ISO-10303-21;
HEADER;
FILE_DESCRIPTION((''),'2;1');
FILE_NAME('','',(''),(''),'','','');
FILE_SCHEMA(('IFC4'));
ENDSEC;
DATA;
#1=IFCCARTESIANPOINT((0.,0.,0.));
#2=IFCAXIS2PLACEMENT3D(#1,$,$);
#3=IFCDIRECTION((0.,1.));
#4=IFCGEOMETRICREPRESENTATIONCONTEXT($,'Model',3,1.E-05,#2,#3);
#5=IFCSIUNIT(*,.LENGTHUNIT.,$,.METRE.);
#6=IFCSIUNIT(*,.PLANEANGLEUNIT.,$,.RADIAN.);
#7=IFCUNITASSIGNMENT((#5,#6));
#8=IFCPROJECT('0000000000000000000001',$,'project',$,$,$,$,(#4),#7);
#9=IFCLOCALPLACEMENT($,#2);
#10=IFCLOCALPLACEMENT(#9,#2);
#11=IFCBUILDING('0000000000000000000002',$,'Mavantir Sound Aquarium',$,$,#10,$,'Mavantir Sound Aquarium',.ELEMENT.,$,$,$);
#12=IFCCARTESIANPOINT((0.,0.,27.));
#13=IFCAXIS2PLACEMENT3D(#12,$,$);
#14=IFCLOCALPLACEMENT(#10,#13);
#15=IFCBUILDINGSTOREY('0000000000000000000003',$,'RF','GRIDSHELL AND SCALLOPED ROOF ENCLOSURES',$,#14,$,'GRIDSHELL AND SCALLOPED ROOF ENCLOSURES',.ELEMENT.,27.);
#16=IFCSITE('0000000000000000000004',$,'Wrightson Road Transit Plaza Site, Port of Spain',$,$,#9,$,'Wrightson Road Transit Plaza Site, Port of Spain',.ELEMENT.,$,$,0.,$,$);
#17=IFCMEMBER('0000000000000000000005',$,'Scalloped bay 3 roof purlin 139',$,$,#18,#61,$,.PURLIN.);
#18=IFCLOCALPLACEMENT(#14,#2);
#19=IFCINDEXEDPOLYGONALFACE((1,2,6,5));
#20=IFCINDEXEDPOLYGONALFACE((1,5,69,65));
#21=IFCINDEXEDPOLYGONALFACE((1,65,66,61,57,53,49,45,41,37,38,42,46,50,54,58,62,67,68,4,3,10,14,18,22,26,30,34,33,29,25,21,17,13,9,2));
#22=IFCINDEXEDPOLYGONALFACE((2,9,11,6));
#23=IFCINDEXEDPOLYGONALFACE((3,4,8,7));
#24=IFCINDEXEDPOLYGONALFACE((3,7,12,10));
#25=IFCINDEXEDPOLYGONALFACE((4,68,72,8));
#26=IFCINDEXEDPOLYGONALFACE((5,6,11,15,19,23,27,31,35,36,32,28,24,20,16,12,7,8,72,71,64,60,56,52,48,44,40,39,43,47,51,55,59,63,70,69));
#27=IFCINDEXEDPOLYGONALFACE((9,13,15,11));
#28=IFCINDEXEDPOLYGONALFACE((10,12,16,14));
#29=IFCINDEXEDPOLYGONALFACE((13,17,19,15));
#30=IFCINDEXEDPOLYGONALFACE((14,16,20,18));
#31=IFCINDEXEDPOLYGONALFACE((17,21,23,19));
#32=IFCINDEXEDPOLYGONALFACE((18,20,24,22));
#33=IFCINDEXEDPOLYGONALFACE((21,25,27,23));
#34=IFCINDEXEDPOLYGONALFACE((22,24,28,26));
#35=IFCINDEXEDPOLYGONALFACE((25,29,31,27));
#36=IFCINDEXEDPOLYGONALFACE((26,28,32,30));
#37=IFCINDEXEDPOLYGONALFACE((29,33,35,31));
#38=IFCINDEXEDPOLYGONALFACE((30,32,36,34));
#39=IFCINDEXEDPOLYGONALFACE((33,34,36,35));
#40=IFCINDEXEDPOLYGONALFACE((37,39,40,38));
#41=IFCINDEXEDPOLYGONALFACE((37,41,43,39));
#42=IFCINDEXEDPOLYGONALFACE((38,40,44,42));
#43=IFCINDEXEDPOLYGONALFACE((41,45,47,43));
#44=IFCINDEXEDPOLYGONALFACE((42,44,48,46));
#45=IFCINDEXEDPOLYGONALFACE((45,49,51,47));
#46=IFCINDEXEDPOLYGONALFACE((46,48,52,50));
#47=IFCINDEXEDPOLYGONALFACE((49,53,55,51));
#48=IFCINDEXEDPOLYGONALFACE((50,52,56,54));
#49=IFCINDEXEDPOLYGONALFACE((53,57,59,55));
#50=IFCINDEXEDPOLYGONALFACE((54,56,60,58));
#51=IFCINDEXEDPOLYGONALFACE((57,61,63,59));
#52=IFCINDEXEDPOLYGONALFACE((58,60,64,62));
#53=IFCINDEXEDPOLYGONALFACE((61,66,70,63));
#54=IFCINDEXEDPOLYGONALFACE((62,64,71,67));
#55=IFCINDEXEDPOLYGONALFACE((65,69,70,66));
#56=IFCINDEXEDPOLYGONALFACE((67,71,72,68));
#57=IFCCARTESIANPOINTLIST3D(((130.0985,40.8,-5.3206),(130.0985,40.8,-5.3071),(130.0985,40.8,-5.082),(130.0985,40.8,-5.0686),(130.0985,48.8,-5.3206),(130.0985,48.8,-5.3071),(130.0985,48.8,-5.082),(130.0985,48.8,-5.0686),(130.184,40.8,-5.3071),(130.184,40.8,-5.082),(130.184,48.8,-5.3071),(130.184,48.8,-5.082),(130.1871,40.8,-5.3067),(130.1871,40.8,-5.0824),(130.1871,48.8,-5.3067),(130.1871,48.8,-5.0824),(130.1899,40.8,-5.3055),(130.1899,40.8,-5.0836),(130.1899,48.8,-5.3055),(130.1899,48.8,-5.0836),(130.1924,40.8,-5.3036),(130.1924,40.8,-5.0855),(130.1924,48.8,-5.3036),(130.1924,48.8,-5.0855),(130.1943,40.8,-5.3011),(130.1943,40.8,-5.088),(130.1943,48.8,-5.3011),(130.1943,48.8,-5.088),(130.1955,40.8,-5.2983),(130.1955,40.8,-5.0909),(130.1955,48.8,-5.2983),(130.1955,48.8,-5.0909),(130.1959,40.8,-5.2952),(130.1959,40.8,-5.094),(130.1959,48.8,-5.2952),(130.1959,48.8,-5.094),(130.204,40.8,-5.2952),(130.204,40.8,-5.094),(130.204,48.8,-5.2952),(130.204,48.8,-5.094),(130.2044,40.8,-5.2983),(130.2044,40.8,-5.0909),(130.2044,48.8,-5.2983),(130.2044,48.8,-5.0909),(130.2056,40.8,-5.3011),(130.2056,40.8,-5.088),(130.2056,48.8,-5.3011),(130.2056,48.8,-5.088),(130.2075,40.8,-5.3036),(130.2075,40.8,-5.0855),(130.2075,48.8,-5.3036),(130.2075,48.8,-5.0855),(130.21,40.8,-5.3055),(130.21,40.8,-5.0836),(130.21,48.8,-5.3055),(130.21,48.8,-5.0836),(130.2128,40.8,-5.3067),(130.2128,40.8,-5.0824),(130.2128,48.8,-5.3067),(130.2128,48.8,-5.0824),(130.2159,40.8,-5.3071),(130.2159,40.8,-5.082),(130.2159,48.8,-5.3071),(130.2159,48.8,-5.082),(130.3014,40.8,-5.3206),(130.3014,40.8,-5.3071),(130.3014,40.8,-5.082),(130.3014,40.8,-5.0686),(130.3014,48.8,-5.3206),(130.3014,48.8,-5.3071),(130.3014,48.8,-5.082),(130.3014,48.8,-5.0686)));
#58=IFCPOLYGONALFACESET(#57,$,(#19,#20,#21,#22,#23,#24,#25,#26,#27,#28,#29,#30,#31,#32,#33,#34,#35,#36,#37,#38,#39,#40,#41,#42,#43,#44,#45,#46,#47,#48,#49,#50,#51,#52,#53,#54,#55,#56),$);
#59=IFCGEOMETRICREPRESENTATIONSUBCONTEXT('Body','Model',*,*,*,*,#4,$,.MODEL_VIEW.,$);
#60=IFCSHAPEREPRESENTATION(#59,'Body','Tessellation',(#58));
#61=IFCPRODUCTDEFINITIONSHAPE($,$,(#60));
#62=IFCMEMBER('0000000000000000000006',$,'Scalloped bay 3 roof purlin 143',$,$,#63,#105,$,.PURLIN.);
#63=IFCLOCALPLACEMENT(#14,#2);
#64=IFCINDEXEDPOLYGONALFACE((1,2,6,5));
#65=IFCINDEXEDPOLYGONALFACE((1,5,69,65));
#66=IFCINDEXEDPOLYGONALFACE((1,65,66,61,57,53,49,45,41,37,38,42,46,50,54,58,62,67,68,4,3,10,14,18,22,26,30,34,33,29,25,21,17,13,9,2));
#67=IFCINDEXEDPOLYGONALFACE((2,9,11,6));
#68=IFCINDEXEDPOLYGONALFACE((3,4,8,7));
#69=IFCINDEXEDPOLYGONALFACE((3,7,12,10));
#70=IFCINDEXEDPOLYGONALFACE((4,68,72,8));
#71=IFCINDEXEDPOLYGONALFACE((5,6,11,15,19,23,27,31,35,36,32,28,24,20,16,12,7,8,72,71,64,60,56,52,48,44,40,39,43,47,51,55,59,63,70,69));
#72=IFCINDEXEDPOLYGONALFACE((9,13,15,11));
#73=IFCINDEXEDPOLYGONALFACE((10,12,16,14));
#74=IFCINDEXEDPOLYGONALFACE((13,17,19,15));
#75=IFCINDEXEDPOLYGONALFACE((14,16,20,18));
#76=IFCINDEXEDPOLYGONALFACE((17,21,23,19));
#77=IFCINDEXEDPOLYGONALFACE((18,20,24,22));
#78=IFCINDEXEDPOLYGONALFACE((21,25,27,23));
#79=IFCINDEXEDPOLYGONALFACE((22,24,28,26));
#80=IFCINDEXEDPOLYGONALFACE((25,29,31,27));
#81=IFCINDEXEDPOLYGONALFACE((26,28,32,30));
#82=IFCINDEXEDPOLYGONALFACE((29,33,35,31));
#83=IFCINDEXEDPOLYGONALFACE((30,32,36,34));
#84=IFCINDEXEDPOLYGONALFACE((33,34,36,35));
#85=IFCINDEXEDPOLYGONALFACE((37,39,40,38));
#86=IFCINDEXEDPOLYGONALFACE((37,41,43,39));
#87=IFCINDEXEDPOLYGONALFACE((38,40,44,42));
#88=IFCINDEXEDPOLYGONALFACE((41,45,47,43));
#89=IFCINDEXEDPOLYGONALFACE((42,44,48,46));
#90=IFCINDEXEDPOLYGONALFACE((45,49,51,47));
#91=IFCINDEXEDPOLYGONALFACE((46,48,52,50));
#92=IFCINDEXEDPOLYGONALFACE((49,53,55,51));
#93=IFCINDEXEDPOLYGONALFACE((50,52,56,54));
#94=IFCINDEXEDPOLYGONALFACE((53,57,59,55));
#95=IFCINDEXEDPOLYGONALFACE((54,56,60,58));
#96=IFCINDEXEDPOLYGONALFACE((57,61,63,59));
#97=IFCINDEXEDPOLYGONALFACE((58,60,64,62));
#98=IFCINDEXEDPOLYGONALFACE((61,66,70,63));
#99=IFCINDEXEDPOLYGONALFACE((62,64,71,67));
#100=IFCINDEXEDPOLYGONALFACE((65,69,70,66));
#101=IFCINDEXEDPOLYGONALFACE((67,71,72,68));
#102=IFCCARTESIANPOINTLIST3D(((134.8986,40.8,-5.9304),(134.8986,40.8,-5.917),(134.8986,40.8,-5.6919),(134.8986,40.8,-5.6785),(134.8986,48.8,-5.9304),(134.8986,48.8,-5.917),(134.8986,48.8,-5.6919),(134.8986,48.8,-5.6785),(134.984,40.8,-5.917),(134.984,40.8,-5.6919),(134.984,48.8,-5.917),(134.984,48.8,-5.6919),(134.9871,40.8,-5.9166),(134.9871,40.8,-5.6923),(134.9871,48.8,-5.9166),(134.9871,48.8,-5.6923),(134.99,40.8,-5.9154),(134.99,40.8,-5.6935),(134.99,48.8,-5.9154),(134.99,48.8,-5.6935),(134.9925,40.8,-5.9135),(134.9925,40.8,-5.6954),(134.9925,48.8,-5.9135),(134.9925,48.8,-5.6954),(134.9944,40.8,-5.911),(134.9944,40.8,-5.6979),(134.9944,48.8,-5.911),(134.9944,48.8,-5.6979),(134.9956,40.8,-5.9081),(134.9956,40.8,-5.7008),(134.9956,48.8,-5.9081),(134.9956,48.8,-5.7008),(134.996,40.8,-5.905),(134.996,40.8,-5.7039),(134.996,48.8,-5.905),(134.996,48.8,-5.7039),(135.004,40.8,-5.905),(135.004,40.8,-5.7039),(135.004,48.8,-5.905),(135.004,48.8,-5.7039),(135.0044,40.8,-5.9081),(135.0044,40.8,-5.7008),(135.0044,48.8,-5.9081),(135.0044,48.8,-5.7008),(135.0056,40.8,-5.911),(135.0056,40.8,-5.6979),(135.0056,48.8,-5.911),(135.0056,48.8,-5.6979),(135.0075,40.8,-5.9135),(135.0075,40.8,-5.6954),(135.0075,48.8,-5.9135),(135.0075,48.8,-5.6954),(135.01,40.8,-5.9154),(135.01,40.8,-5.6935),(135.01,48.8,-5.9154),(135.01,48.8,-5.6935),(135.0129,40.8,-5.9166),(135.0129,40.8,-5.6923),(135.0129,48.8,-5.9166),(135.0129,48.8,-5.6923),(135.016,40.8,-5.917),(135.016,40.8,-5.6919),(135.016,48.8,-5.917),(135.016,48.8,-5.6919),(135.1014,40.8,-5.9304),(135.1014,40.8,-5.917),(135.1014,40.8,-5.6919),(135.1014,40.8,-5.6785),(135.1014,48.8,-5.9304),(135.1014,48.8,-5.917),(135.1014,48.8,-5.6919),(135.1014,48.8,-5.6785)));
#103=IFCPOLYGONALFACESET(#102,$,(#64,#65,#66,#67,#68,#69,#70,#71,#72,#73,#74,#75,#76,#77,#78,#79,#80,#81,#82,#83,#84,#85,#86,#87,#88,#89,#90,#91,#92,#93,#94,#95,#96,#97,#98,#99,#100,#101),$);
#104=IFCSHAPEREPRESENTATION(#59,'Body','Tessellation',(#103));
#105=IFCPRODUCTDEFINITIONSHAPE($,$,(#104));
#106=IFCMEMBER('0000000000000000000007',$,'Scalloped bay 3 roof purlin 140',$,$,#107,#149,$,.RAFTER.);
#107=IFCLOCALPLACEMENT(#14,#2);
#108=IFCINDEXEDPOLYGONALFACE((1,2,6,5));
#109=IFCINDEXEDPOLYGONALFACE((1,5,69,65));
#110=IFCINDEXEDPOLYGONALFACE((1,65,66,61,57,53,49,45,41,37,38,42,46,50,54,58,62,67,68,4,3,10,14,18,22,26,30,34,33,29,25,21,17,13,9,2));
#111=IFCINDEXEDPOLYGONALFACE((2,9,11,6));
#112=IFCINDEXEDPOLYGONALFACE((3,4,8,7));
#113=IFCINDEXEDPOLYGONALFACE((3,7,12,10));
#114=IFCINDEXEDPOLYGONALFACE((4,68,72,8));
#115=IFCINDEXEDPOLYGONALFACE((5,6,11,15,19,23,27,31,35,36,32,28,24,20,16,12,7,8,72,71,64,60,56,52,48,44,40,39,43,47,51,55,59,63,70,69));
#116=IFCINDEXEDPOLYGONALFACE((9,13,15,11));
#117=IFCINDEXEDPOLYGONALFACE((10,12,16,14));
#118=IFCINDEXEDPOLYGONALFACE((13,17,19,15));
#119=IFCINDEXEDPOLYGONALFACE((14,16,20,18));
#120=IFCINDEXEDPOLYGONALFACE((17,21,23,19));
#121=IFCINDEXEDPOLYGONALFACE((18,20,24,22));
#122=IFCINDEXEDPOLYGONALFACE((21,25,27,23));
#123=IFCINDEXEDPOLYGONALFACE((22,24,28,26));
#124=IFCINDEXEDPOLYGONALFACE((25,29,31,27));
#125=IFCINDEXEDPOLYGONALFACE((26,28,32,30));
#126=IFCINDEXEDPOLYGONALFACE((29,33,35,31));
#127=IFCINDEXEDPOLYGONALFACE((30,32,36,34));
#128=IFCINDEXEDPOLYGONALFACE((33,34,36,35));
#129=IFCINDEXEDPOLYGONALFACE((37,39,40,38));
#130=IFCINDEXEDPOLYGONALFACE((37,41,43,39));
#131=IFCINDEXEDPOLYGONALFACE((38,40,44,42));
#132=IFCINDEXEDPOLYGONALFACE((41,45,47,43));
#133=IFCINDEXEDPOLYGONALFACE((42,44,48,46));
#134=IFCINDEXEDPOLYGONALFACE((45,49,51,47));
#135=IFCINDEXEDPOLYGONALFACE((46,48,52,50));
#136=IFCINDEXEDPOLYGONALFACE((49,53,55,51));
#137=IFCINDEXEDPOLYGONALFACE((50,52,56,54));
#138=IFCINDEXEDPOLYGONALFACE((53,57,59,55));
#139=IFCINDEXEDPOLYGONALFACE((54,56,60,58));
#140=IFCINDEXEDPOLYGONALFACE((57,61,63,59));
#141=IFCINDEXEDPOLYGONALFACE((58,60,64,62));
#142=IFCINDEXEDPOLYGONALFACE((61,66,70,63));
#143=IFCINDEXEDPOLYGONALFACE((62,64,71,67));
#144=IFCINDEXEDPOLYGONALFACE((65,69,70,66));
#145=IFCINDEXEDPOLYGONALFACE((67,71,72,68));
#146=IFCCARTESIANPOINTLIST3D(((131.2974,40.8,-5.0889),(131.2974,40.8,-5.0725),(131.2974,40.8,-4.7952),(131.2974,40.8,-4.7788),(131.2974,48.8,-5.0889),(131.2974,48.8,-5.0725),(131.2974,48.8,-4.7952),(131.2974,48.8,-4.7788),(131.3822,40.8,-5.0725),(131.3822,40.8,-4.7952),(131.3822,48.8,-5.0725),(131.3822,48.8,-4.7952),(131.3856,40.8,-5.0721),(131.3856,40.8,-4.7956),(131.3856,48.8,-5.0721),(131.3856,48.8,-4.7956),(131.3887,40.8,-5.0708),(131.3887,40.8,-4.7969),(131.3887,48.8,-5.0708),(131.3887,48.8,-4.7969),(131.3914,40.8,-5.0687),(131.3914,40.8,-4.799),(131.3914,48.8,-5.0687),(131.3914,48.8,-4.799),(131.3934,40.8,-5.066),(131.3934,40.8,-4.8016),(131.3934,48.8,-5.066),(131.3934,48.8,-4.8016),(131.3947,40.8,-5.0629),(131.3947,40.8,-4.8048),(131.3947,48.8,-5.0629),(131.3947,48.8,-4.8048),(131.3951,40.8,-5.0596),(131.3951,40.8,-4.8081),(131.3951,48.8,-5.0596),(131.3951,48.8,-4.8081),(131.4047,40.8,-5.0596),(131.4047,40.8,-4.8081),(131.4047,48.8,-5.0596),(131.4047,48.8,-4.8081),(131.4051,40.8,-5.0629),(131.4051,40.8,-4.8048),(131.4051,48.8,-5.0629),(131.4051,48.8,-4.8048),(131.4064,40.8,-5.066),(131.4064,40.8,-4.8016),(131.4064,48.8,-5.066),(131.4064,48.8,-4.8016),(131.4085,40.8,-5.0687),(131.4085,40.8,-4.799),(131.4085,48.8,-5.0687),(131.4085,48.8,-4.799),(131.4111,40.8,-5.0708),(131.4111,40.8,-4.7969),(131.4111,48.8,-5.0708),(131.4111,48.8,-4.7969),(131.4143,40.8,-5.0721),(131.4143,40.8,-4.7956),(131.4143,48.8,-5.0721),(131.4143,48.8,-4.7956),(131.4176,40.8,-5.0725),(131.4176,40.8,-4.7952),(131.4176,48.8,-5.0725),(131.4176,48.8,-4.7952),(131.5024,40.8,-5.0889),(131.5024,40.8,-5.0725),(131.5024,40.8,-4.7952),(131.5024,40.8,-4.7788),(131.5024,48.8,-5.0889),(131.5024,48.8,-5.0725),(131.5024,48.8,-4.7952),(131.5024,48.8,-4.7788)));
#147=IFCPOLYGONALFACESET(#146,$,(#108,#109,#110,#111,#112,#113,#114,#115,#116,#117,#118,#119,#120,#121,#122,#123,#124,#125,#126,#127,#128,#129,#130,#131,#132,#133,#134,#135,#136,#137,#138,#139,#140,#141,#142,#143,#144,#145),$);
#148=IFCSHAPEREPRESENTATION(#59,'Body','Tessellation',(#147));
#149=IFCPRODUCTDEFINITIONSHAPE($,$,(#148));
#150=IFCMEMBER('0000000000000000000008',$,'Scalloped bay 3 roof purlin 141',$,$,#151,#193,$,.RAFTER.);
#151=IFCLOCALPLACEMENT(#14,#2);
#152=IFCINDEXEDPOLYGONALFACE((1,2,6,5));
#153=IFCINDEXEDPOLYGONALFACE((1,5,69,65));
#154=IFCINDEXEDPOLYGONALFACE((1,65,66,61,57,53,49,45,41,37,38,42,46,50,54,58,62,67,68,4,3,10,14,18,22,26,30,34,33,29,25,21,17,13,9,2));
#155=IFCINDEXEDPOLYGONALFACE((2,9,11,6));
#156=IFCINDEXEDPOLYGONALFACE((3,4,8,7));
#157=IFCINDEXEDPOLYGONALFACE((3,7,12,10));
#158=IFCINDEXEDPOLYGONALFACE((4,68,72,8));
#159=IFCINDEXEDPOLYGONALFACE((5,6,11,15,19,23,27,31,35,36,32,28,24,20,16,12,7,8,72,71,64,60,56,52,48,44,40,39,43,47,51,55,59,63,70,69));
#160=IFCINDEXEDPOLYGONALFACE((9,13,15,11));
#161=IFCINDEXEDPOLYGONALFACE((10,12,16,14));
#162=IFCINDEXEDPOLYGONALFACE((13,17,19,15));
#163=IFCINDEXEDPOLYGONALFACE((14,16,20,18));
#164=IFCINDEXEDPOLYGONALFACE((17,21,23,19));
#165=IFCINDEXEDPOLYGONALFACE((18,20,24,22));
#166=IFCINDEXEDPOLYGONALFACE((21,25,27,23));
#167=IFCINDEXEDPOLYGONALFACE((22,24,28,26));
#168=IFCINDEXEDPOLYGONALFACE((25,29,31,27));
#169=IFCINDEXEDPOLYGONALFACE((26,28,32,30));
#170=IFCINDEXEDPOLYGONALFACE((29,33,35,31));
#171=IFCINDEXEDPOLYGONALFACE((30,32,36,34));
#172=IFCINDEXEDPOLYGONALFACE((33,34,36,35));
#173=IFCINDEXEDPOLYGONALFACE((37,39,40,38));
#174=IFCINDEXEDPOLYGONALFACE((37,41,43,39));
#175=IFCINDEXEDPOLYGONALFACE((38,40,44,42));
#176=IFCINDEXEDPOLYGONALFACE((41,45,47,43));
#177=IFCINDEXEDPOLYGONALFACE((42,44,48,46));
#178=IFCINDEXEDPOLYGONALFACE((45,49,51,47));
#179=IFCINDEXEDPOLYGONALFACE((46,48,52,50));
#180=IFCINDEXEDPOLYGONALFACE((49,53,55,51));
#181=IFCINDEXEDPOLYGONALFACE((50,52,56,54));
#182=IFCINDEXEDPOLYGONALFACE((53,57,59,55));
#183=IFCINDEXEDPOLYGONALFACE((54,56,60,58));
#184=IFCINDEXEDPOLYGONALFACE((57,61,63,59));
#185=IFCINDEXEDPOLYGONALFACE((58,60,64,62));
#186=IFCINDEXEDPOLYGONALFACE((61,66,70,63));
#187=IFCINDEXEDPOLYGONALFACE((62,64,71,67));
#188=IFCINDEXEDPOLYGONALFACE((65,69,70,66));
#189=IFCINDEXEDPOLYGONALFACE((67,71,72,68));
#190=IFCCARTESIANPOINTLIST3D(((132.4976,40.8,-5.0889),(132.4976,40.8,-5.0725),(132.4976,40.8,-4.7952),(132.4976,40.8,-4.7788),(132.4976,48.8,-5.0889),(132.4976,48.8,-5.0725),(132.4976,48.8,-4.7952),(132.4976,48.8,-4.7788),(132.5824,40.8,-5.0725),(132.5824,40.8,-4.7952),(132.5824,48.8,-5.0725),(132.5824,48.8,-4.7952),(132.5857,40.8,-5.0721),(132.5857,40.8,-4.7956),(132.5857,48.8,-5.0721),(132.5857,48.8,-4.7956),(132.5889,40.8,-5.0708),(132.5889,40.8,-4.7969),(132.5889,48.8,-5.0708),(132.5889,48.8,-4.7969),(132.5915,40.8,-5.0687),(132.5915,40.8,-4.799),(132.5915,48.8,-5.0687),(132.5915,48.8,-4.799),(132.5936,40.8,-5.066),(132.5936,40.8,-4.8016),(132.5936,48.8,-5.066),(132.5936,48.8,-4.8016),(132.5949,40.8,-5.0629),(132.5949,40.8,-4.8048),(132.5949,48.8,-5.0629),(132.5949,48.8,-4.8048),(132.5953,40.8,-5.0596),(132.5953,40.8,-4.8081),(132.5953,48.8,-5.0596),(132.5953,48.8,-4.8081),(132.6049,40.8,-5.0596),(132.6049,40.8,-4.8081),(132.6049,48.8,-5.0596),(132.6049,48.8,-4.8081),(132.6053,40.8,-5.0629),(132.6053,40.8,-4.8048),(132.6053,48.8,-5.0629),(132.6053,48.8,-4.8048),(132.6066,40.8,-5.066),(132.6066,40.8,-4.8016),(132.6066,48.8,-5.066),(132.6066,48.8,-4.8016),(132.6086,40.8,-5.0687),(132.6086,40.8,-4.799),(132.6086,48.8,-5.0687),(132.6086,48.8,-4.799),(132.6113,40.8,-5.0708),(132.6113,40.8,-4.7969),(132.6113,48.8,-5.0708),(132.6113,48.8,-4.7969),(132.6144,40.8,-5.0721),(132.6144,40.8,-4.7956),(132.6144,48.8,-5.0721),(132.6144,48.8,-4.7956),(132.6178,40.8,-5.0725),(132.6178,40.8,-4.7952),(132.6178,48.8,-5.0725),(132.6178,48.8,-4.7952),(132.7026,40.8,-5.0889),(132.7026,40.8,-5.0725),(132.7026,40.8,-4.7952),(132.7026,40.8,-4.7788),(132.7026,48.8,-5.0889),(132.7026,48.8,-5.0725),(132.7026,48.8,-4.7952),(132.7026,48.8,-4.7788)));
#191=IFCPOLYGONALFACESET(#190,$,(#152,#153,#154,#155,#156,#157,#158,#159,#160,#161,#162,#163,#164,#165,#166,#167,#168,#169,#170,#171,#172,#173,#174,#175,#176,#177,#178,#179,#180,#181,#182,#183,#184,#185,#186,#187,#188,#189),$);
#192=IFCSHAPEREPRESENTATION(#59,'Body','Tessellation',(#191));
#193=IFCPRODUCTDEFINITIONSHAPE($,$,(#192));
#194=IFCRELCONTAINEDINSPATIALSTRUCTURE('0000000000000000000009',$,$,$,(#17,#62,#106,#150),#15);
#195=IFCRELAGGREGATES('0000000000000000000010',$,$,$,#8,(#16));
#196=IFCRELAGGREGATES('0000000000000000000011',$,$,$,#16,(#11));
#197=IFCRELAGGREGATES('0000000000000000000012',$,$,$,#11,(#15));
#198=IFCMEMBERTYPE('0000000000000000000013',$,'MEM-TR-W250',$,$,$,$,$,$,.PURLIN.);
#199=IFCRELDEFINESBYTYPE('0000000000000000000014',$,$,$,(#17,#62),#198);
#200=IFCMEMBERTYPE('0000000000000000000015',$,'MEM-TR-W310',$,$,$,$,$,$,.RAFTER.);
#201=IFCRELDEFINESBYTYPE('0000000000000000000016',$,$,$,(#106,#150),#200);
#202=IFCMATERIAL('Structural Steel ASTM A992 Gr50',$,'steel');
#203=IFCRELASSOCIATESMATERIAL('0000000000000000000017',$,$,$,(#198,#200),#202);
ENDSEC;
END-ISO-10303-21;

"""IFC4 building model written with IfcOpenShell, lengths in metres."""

from ifc_helpers import new_model, si_unit, direction, frame, origin, origin_2d, place, context, subcontext, project, spatial, i_section, extrude, material, material_profile, profile_set, type_object, element, save


model = new_model("IFC4")

# Units and contexts
model_context = context("Model", 3, precision=1e-05, world=origin(), true_north=direction((0.0, 1.0)))
body_context = subcontext(model_context, "Body", "Model", "MODEL_VIEW")
ifc_project = project(units=[si_unit("LENGTHUNIT", "METRE"), si_unit("PLANEANGLEUNIT", "RADIAN")], contexts=[model_context])

# Site, building, storey
site_placement = place(None, origin())
site = spatial("IfcSite", under=ifc_project, at=site_placement, Name="Wrightson Road Transit Plaza Site, Port of Spain", LongName="Wrightson Road Transit Plaza Site, Port of Spain", CompositionType="ELEMENT", RefElevation=0.0)
building_placement = place(site_placement, origin())
building = spatial("IfcBuilding", under=site, at=building_placement, Name="Mavantir Sound Aquarium", LongName="Mavantir Sound Aquarium", CompositionType="ELEMENT")
storey_placement = place(building_placement, frame((0.0, 0.0, 27.0)))
storey = spatial("IfcBuildingStorey", under=building, at=storey_placement, Name="RF", Description="GRIDSHELL AND SCALLOPED ROOF ENCLOSURES", LongName="GRIDSHELL AND SCALLOPED ROOF ENCLOSURES", CompositionType="ELEMENT", Elevation=27.0)

# Shared definitions
ifc_material_1 = material(Name="Structural Steel ASTM A992 Gr50", Category="steel")

# Members
ifc_material_profile_1 = material_profile(ifc_material_1, i_section(OverallWidth=0.2029, OverallDepth=0.252, WebThickness=0.0081, FlangeThickness=0.0134, FilletRadius=0.012, at=origin_2d()), Name="W250X58")
ifc_profile_set_1 = profile_set([ifc_material_profile_1], Name="Structural Steel ASTM A992 Gr50")
member_type_1 = type_object("IfcMemberType", Name="MEM-TR-W250", PredefinedType="PURLIN", material=ifc_profile_set_1)
for number, where, z_axis, x_axis, name in (
    (1, (130.2, 40.8, -5.1946), (0.0, 1.0, 0.0), (-1.0, 0.0, 0.0), "Scalloped bay 3 roof purlin 139"),
    (2, (135.0, 40.8, -5.8044), (0.0, 1.0, 0.0), (-1.0, 0.0, 0.0), "Scalloped bay 3 roof purlin 143"),
):
    element("IfcMember", number, at=place(storey_placement, frame(where, z_axis=z_axis, x_axis=x_axis)), inside=storey, type_object=member_type_1, Name=name, PredefinedType="PURLIN", context=body_context, shape_type="SweptSolid", body=[
        extrude(i_section(OverallWidth=0.2029, OverallDepth=0.252, WebThickness=0.0081, FlangeThickness=0.0134, FilletRadius=0.012, at=origin_2d()), origin(), (0.0, 0.0, 1.0), 8.0),
    ])
ifc_material_profile_2 = material_profile(ifc_material_1, i_section(OverallWidth=0.2051, OverallDepth=0.3101, WebThickness=0.0095, FlangeThickness=0.0164, FilletRadius=0.0129, at=origin_2d()), Name="W310X74")
ifc_profile_set_2 = profile_set([ifc_material_profile_2], Name="Structural Steel ASTM A992 Gr50")
member_type_2 = type_object("IfcMemberType", Name="MEM-TR-W310", PredefinedType="RAFTER", material=ifc_profile_set_2)
for number, where, z_axis, x_axis, name in (
    (3, (131.3999, 40.8, -4.9338), (0.0, 1.0, 0.0), (-1.0, 0.0, 0.0), "Scalloped bay 3 roof purlin 140"),
    (4, (132.6001, 40.8, -4.9338), (0.0, 1.0, 0.0), (-1.0, 0.0, 0.0), "Scalloped bay 3 roof purlin 141"),
):
    element("IfcMember", number, at=place(storey_placement, frame(where, z_axis=z_axis, x_axis=x_axis)), inside=storey, type_object=member_type_2, Name=name, PredefinedType="RAFTER", context=body_context, shape_type="SweptSolid", body=[
        extrude(i_section(OverallWidth=0.2051, OverallDepth=0.3101, WebThickness=0.0095, FlangeThickness=0.0164, FilletRadius=0.0129, at=origin_2d()), origin(), (0.0, 0.0, 1.0), 8.0),
    ])

save(model, "model.ifc")
